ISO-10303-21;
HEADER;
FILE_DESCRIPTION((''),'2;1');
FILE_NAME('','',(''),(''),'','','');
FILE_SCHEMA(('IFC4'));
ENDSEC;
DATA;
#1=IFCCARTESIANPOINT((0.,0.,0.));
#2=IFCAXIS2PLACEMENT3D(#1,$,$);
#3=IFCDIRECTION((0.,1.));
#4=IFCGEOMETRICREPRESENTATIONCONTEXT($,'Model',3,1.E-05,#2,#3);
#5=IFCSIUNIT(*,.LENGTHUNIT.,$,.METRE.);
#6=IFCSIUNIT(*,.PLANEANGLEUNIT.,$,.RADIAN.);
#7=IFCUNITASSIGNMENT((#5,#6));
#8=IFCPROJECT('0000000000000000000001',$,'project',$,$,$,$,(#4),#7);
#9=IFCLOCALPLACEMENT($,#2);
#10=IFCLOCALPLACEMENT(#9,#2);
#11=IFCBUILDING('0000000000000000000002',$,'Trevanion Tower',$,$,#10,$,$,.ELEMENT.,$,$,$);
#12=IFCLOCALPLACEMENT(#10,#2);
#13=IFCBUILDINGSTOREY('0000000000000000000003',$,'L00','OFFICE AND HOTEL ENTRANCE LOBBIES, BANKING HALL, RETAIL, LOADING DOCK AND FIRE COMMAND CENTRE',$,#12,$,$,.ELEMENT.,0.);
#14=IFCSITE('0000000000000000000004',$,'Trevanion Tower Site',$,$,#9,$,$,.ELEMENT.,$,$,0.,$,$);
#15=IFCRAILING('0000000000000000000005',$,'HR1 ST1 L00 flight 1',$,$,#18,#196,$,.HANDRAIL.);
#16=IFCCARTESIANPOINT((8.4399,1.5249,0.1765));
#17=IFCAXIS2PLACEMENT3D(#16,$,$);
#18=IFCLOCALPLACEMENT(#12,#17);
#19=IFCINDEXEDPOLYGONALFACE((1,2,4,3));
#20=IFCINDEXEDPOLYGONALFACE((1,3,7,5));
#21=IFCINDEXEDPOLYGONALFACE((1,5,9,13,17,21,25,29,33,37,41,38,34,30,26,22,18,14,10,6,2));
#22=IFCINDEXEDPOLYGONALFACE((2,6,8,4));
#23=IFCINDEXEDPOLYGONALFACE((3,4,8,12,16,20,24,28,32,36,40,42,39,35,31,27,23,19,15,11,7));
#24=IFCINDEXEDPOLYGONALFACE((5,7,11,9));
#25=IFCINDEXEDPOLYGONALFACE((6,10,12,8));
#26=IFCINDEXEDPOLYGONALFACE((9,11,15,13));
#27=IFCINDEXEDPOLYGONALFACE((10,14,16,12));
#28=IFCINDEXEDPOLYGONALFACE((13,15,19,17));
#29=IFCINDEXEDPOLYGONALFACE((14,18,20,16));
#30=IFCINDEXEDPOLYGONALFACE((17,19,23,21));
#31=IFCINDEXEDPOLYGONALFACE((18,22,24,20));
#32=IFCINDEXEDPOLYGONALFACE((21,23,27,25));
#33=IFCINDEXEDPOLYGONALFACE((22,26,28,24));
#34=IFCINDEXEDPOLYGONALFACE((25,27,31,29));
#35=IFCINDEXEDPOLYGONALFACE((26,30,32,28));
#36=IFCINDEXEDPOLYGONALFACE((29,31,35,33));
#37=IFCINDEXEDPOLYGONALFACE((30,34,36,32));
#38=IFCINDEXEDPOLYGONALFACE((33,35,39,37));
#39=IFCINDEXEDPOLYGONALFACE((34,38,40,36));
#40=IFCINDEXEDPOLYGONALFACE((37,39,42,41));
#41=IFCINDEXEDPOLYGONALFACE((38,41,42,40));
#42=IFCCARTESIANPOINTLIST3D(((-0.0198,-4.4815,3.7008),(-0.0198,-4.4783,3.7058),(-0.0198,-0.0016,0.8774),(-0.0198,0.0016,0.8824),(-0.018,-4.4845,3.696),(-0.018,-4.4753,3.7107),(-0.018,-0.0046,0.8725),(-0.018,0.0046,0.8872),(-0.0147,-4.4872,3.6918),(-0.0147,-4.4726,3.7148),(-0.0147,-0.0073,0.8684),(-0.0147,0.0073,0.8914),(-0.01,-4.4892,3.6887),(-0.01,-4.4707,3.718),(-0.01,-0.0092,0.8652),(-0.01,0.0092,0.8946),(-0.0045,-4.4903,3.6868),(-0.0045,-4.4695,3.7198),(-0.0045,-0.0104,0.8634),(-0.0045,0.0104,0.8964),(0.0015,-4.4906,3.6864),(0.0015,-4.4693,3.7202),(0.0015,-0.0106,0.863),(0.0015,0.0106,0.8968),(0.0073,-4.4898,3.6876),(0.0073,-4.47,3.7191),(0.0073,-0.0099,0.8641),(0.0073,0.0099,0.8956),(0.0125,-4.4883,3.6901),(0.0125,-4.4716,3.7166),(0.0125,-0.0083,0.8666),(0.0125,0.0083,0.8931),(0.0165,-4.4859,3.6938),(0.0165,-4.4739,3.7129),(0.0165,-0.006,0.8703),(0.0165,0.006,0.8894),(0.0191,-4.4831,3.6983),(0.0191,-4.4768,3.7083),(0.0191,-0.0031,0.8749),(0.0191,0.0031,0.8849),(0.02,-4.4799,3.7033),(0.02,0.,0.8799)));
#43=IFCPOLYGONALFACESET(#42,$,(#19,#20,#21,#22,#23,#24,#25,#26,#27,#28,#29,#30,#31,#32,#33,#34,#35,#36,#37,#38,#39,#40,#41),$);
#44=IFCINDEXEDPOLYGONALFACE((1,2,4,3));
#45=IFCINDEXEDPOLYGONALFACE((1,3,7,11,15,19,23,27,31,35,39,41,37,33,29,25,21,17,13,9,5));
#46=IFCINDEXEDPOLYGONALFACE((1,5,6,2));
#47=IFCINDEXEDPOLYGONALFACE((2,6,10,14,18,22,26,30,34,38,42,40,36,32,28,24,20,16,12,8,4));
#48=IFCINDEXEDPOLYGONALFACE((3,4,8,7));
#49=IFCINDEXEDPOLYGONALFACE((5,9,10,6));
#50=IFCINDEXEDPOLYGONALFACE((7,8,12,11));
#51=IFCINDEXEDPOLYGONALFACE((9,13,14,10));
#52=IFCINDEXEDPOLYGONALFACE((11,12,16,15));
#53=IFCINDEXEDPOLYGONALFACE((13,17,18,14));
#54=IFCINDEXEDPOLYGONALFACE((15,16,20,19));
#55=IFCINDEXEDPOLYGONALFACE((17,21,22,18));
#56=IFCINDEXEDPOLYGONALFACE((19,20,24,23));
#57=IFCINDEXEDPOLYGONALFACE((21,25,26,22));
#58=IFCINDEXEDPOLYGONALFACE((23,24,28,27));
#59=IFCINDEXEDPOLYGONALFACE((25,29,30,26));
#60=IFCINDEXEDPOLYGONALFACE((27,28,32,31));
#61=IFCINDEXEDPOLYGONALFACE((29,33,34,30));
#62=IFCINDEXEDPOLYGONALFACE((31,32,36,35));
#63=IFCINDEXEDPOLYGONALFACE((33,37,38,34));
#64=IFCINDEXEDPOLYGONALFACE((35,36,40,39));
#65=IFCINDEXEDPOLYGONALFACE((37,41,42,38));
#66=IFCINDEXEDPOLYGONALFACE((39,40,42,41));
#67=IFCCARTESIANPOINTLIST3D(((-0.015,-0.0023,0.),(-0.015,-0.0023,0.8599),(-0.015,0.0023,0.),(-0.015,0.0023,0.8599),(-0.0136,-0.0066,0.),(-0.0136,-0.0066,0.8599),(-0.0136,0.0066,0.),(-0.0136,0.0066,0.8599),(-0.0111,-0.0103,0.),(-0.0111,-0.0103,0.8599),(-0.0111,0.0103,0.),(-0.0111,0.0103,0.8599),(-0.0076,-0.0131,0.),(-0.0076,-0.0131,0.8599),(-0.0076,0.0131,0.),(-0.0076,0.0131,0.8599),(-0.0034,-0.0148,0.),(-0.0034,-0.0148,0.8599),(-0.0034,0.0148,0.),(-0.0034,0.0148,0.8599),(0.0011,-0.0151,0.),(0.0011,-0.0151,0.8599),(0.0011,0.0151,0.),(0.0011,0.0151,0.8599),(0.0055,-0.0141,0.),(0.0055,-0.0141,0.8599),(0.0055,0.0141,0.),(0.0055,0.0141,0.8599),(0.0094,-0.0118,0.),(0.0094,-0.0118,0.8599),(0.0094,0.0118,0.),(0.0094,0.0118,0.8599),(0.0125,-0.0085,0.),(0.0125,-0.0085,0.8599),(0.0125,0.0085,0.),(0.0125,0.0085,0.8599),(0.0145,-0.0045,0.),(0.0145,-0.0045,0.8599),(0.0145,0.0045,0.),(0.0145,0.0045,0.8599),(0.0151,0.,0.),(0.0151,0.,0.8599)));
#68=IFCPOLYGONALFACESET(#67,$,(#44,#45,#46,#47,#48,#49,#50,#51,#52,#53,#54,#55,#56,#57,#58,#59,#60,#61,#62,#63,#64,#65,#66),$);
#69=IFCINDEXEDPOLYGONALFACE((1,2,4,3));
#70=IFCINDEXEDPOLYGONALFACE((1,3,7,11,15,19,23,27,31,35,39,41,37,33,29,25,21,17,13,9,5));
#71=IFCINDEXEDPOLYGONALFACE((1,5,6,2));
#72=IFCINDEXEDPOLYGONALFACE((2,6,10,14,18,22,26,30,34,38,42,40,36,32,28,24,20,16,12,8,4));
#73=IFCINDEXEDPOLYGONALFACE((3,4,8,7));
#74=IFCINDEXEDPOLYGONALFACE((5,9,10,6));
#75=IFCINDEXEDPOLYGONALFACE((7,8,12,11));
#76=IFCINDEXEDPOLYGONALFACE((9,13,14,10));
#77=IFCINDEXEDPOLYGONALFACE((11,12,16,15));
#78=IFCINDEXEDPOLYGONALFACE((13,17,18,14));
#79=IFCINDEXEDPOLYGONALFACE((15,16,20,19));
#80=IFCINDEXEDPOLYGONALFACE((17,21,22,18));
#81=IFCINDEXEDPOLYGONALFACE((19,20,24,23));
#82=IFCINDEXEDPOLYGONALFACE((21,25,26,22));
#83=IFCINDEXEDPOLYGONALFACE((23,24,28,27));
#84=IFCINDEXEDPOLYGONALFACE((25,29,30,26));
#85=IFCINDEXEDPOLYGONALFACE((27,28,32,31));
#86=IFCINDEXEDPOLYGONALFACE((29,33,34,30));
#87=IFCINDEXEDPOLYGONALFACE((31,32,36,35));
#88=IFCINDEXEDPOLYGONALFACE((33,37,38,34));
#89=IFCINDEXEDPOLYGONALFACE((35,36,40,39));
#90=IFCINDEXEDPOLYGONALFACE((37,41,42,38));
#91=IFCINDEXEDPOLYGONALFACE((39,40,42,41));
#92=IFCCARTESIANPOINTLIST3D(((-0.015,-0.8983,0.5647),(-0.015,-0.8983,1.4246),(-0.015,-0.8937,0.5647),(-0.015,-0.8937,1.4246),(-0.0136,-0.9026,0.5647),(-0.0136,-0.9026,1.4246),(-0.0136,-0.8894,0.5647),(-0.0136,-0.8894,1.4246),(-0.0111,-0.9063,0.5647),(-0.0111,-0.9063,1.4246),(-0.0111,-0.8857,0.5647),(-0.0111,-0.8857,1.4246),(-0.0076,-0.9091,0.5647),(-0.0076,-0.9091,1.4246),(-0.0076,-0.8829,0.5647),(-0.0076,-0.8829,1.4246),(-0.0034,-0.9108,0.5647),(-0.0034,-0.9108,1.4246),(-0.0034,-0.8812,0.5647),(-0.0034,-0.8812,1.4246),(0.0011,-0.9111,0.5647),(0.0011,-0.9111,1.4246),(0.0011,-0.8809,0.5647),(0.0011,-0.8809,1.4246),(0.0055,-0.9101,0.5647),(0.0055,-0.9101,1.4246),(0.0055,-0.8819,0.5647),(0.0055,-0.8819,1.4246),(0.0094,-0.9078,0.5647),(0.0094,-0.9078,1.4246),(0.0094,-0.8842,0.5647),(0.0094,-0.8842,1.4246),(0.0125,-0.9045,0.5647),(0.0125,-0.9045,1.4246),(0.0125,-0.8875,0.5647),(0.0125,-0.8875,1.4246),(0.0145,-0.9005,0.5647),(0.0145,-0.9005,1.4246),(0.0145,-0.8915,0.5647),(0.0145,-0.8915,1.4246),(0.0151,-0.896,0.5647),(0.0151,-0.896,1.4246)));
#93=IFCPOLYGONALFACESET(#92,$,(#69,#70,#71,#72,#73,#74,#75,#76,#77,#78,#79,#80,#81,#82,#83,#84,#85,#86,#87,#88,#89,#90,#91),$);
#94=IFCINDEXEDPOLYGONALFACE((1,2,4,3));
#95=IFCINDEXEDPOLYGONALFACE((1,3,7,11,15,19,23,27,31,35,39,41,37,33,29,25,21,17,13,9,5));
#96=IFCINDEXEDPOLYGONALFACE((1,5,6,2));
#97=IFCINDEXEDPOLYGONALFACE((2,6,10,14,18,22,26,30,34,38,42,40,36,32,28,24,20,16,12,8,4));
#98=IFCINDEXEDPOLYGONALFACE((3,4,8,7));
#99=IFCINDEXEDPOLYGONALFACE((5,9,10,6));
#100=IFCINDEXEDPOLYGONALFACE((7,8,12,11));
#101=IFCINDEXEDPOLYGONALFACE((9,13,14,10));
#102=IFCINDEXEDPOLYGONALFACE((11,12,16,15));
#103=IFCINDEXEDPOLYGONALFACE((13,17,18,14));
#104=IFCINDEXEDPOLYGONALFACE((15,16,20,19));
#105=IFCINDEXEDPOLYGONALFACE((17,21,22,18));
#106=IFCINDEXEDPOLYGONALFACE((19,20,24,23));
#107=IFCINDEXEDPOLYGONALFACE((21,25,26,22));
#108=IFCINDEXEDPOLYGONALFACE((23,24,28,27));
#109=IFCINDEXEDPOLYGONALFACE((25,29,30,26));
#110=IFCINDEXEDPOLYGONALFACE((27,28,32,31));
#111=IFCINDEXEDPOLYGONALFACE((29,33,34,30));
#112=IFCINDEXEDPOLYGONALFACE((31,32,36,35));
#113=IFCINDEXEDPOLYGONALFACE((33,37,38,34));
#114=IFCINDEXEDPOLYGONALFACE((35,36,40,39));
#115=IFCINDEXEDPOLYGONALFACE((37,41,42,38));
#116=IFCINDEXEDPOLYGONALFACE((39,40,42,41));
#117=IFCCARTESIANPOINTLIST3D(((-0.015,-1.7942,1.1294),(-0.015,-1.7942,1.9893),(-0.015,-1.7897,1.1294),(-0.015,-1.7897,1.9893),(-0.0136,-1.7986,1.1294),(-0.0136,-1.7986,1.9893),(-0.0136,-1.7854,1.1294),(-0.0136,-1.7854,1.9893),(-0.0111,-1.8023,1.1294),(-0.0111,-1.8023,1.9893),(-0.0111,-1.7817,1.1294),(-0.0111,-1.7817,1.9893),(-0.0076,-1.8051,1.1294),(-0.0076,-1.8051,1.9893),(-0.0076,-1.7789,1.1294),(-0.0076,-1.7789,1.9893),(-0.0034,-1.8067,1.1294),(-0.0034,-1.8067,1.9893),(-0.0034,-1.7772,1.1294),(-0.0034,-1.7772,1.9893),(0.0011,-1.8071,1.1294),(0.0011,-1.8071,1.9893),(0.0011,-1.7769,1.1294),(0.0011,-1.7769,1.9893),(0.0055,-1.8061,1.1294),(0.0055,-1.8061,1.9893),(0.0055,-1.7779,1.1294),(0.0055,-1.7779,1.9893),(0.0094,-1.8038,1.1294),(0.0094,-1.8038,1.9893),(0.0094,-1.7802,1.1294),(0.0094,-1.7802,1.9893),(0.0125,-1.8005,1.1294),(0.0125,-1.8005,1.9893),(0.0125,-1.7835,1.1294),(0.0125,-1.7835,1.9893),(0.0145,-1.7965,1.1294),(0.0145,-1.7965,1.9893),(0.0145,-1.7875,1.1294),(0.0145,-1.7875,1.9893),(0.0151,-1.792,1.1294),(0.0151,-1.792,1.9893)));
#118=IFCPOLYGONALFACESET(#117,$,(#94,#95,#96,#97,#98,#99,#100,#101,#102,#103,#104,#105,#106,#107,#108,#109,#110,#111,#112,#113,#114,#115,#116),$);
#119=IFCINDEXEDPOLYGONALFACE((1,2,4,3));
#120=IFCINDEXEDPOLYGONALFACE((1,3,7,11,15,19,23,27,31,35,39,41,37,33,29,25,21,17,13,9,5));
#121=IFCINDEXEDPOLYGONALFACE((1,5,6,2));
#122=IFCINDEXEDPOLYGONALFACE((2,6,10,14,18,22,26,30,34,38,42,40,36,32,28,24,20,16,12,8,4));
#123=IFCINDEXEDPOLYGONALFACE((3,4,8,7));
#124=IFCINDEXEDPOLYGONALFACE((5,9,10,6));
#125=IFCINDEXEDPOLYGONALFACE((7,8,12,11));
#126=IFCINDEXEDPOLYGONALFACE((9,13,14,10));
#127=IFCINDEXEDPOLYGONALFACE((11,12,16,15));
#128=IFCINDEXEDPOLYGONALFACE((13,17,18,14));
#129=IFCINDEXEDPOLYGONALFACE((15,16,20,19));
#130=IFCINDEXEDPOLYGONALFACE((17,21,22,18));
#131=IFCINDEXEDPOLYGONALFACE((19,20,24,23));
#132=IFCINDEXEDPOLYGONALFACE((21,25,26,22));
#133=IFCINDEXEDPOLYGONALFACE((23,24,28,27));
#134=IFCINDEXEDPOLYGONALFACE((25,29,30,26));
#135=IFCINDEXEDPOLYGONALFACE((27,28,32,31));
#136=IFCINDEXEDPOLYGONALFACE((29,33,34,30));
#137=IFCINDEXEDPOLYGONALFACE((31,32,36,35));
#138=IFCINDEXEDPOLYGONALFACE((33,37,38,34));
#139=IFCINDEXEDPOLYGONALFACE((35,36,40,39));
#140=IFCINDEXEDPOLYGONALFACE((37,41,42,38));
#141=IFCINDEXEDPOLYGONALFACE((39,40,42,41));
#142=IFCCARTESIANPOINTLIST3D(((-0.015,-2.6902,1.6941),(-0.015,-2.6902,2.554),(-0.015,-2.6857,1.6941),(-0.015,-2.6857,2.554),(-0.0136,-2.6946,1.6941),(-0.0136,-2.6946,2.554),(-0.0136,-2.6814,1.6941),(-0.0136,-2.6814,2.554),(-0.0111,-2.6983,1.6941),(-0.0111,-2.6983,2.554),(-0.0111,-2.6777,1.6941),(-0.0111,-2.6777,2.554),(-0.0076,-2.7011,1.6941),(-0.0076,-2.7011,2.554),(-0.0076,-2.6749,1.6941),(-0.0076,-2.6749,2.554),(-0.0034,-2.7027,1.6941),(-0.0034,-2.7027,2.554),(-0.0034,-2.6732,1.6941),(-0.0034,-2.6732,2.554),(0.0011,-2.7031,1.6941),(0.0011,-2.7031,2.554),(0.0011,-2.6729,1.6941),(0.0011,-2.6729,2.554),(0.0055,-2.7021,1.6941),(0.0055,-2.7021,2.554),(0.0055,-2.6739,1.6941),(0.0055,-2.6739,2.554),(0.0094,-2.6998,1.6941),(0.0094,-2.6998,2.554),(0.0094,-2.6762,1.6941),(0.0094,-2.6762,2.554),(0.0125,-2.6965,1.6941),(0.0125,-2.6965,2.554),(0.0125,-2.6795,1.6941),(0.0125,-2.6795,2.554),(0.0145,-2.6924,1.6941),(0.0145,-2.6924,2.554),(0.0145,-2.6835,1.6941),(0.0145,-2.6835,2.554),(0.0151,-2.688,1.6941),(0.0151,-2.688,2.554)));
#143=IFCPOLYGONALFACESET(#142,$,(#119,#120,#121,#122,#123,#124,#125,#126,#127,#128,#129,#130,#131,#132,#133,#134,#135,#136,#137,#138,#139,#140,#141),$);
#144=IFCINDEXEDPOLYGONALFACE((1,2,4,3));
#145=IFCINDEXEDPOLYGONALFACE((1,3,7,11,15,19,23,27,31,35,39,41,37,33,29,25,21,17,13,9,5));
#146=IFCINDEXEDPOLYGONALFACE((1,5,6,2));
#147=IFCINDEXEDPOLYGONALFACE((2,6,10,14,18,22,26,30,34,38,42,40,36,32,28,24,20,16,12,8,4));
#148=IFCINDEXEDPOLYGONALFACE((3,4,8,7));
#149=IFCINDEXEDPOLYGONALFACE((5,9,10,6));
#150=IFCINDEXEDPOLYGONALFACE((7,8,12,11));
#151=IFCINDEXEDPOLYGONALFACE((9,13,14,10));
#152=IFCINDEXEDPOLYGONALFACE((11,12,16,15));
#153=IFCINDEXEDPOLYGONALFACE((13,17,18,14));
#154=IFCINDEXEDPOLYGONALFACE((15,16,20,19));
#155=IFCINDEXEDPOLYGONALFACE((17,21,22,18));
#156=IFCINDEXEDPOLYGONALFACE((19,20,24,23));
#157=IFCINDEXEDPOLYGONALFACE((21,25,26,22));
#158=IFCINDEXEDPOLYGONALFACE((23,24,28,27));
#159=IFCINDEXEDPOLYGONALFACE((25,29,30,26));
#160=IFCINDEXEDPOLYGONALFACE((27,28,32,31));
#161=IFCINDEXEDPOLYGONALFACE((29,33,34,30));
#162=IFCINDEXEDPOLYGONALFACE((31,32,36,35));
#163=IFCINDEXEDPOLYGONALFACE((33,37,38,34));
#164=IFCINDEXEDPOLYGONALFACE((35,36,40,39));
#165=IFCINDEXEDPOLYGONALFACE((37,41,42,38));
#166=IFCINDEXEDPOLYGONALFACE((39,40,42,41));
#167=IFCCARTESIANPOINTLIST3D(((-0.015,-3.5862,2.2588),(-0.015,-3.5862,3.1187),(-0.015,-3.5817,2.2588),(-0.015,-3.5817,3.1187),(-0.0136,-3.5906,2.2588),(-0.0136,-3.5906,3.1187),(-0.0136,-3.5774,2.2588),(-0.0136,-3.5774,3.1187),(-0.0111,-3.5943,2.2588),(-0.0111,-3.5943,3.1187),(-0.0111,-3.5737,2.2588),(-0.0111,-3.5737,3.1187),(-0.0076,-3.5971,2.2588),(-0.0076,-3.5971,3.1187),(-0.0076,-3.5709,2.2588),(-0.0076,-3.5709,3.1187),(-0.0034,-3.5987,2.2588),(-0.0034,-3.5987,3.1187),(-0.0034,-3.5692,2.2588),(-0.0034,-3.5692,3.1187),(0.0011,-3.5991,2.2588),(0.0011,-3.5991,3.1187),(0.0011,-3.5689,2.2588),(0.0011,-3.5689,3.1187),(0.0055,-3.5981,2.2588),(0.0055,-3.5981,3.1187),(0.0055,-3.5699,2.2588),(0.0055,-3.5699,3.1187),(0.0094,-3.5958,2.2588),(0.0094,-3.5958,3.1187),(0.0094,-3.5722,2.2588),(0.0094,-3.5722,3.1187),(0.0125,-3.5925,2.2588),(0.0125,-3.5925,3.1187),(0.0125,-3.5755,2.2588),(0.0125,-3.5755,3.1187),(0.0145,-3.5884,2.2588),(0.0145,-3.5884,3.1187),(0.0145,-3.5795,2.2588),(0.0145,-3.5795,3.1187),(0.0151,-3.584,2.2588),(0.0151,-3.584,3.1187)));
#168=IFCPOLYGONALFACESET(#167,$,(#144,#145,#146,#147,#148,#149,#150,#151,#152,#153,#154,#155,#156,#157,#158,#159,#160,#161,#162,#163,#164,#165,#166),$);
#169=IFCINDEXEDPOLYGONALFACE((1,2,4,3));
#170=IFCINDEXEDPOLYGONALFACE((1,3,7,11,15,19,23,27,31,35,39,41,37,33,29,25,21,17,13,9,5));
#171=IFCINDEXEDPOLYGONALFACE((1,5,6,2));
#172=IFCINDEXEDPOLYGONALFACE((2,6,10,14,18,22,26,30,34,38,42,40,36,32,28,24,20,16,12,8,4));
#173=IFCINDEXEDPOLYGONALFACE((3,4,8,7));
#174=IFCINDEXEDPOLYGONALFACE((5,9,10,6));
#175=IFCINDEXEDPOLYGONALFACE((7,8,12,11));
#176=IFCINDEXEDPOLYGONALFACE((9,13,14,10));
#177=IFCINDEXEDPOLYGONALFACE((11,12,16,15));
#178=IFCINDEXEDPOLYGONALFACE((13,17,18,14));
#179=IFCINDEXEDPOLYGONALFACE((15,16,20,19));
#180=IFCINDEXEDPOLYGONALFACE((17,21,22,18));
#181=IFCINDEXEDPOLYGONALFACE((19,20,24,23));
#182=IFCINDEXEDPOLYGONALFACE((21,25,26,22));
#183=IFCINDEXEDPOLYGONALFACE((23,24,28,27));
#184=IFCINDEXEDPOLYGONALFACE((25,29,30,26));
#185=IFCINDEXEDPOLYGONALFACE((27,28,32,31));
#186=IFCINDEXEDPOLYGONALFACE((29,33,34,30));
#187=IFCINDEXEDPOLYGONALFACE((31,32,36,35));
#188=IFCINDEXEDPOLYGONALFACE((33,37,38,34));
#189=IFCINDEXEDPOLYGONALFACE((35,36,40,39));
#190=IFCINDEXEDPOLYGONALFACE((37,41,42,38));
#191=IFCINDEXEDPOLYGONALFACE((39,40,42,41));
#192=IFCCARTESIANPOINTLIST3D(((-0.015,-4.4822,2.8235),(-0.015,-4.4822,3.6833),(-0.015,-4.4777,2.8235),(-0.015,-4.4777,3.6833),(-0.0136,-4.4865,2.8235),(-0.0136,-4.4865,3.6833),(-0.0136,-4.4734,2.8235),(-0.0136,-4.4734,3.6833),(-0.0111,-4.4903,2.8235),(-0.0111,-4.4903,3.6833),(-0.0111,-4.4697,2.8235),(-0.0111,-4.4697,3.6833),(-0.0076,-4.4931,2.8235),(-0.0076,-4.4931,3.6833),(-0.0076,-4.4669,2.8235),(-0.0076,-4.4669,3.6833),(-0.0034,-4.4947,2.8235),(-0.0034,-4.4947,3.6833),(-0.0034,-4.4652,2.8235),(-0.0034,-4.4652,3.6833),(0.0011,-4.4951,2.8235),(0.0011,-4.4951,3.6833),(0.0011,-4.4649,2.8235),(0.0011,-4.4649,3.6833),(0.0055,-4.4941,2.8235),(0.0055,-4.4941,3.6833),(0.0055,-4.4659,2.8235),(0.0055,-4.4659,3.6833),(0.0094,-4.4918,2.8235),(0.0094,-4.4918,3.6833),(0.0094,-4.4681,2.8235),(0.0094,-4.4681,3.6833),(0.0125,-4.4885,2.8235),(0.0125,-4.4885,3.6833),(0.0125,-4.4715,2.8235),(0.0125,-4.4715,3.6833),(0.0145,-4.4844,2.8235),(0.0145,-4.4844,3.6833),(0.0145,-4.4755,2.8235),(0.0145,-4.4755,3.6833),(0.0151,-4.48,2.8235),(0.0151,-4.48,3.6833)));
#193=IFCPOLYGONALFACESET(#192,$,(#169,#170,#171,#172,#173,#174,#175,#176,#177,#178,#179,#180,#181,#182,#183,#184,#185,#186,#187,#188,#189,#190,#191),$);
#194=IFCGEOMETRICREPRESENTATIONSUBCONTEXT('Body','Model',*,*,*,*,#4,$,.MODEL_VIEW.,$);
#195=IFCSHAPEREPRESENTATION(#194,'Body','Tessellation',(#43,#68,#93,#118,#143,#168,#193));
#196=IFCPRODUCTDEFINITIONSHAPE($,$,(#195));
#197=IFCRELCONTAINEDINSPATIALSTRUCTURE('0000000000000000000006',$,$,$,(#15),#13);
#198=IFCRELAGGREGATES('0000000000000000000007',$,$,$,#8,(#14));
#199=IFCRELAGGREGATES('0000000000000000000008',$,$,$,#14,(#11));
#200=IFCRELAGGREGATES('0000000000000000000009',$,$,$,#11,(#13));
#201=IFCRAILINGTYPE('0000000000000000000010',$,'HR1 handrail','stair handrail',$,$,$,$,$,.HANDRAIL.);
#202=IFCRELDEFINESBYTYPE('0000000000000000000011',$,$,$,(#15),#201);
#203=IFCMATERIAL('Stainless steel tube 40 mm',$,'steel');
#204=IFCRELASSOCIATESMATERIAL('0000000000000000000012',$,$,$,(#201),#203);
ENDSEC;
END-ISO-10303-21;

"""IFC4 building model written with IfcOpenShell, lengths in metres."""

from ifc_helpers import new_model, si_unit, direction, frame, origin, origin_2d, place, context, subcontext, project, spatial, circle, extrude, material, type_object, element, save


model = new_model("IFC4")

# Units and contexts
model_context = context("Model", 3, precision=1e-05, world=origin(), true_north=direction((0.0, 1.0)))
body_context = subcontext(model_context, "Body", "Model", "MODEL_VIEW")
ifc_project = project(units=[si_unit("LENGTHUNIT", "METRE"), si_unit("PLANEANGLEUNIT", "RADIAN")], contexts=[model_context])

# Site, building, storey
site_placement = place(None, origin())
site = spatial("IfcSite", under=ifc_project, at=site_placement, Name="Trevanion Tower Site", CompositionType="ELEMENT", RefElevation=0.0)
building_placement = place(site_placement, origin())
building = spatial("IfcBuilding", under=site, at=building_placement, Name="Trevanion Tower", CompositionType="ELEMENT")
storey_placement = place(building_placement, origin())
storey = spatial("IfcBuildingStorey", under=building, at=storey_placement, Name="L00", Description="OFFICE AND HOTEL ENTRANCE LOBBIES, BANKING HALL, RETAIL, LOADING DOCK AND FIRE COMMAND CENTRE", CompositionType="ELEMENT", Elevation=0.0)

# Railing
ifc_material_1 = material(Name="Stainless steel tube 40 mm", Category="steel")
railing_type_1 = type_object("IfcRailingType", Name="HR1 handrail", Description="stair handrail", PredefinedType="HANDRAIL", material=ifc_material_1)
for number, where, name in (
    (1, (8.4399, 1.5249, 0.1765), "HR1 ST1 L00 flight 1"),
):
    element("IfcRailing", number, at=place(storey_placement, frame(where)), inside=storey, type_object=railing_type_1, Name=name, PredefinedType="HANDRAIL", context=body_context, shape_type="SweptSolid", body=[
        extrude(circle(Radius=0.02, at=origin_2d()), frame((0.0, 0.0, 0.8799), z_axis=(0.0, -0.845998, 0.533186), x_axis=(1.0, 0.0, 0.0)), (0.0, 0.0, 1.0), 5.2954),
        extrude(circle(Radius=0.0151, at=origin_2d()), origin(), (0.0, 0.0, 1.0), 0.8599),
        extrude(circle(Radius=0.0151, at=origin_2d()), frame((0.0, -0.896, 0.5647)), (0.0, 0.0, 1.0), 0.8599),
        extrude(circle(Radius=0.0151, at=origin_2d()), frame((0.0, -1.792, 1.1294)), (0.0, 0.0, 1.0), 0.8599),
        extrude(circle(Radius=0.0151, at=origin_2d()), frame((0.0, -2.688, 1.6941)), (0.0, 0.0, 1.0), 0.8599),
        extrude(circle(Radius=0.0151, at=origin_2d()), frame((0.0, -3.584, 2.2588)), (0.0, 0.0, 1.0), 0.8599),
        extrude(circle(Radius=0.0151, at=origin_2d()), frame((0.0, -4.48, 2.8235)), (0.0, 0.0, 1.0), 0.8599),
    ])

save(model, "model.ifc")
